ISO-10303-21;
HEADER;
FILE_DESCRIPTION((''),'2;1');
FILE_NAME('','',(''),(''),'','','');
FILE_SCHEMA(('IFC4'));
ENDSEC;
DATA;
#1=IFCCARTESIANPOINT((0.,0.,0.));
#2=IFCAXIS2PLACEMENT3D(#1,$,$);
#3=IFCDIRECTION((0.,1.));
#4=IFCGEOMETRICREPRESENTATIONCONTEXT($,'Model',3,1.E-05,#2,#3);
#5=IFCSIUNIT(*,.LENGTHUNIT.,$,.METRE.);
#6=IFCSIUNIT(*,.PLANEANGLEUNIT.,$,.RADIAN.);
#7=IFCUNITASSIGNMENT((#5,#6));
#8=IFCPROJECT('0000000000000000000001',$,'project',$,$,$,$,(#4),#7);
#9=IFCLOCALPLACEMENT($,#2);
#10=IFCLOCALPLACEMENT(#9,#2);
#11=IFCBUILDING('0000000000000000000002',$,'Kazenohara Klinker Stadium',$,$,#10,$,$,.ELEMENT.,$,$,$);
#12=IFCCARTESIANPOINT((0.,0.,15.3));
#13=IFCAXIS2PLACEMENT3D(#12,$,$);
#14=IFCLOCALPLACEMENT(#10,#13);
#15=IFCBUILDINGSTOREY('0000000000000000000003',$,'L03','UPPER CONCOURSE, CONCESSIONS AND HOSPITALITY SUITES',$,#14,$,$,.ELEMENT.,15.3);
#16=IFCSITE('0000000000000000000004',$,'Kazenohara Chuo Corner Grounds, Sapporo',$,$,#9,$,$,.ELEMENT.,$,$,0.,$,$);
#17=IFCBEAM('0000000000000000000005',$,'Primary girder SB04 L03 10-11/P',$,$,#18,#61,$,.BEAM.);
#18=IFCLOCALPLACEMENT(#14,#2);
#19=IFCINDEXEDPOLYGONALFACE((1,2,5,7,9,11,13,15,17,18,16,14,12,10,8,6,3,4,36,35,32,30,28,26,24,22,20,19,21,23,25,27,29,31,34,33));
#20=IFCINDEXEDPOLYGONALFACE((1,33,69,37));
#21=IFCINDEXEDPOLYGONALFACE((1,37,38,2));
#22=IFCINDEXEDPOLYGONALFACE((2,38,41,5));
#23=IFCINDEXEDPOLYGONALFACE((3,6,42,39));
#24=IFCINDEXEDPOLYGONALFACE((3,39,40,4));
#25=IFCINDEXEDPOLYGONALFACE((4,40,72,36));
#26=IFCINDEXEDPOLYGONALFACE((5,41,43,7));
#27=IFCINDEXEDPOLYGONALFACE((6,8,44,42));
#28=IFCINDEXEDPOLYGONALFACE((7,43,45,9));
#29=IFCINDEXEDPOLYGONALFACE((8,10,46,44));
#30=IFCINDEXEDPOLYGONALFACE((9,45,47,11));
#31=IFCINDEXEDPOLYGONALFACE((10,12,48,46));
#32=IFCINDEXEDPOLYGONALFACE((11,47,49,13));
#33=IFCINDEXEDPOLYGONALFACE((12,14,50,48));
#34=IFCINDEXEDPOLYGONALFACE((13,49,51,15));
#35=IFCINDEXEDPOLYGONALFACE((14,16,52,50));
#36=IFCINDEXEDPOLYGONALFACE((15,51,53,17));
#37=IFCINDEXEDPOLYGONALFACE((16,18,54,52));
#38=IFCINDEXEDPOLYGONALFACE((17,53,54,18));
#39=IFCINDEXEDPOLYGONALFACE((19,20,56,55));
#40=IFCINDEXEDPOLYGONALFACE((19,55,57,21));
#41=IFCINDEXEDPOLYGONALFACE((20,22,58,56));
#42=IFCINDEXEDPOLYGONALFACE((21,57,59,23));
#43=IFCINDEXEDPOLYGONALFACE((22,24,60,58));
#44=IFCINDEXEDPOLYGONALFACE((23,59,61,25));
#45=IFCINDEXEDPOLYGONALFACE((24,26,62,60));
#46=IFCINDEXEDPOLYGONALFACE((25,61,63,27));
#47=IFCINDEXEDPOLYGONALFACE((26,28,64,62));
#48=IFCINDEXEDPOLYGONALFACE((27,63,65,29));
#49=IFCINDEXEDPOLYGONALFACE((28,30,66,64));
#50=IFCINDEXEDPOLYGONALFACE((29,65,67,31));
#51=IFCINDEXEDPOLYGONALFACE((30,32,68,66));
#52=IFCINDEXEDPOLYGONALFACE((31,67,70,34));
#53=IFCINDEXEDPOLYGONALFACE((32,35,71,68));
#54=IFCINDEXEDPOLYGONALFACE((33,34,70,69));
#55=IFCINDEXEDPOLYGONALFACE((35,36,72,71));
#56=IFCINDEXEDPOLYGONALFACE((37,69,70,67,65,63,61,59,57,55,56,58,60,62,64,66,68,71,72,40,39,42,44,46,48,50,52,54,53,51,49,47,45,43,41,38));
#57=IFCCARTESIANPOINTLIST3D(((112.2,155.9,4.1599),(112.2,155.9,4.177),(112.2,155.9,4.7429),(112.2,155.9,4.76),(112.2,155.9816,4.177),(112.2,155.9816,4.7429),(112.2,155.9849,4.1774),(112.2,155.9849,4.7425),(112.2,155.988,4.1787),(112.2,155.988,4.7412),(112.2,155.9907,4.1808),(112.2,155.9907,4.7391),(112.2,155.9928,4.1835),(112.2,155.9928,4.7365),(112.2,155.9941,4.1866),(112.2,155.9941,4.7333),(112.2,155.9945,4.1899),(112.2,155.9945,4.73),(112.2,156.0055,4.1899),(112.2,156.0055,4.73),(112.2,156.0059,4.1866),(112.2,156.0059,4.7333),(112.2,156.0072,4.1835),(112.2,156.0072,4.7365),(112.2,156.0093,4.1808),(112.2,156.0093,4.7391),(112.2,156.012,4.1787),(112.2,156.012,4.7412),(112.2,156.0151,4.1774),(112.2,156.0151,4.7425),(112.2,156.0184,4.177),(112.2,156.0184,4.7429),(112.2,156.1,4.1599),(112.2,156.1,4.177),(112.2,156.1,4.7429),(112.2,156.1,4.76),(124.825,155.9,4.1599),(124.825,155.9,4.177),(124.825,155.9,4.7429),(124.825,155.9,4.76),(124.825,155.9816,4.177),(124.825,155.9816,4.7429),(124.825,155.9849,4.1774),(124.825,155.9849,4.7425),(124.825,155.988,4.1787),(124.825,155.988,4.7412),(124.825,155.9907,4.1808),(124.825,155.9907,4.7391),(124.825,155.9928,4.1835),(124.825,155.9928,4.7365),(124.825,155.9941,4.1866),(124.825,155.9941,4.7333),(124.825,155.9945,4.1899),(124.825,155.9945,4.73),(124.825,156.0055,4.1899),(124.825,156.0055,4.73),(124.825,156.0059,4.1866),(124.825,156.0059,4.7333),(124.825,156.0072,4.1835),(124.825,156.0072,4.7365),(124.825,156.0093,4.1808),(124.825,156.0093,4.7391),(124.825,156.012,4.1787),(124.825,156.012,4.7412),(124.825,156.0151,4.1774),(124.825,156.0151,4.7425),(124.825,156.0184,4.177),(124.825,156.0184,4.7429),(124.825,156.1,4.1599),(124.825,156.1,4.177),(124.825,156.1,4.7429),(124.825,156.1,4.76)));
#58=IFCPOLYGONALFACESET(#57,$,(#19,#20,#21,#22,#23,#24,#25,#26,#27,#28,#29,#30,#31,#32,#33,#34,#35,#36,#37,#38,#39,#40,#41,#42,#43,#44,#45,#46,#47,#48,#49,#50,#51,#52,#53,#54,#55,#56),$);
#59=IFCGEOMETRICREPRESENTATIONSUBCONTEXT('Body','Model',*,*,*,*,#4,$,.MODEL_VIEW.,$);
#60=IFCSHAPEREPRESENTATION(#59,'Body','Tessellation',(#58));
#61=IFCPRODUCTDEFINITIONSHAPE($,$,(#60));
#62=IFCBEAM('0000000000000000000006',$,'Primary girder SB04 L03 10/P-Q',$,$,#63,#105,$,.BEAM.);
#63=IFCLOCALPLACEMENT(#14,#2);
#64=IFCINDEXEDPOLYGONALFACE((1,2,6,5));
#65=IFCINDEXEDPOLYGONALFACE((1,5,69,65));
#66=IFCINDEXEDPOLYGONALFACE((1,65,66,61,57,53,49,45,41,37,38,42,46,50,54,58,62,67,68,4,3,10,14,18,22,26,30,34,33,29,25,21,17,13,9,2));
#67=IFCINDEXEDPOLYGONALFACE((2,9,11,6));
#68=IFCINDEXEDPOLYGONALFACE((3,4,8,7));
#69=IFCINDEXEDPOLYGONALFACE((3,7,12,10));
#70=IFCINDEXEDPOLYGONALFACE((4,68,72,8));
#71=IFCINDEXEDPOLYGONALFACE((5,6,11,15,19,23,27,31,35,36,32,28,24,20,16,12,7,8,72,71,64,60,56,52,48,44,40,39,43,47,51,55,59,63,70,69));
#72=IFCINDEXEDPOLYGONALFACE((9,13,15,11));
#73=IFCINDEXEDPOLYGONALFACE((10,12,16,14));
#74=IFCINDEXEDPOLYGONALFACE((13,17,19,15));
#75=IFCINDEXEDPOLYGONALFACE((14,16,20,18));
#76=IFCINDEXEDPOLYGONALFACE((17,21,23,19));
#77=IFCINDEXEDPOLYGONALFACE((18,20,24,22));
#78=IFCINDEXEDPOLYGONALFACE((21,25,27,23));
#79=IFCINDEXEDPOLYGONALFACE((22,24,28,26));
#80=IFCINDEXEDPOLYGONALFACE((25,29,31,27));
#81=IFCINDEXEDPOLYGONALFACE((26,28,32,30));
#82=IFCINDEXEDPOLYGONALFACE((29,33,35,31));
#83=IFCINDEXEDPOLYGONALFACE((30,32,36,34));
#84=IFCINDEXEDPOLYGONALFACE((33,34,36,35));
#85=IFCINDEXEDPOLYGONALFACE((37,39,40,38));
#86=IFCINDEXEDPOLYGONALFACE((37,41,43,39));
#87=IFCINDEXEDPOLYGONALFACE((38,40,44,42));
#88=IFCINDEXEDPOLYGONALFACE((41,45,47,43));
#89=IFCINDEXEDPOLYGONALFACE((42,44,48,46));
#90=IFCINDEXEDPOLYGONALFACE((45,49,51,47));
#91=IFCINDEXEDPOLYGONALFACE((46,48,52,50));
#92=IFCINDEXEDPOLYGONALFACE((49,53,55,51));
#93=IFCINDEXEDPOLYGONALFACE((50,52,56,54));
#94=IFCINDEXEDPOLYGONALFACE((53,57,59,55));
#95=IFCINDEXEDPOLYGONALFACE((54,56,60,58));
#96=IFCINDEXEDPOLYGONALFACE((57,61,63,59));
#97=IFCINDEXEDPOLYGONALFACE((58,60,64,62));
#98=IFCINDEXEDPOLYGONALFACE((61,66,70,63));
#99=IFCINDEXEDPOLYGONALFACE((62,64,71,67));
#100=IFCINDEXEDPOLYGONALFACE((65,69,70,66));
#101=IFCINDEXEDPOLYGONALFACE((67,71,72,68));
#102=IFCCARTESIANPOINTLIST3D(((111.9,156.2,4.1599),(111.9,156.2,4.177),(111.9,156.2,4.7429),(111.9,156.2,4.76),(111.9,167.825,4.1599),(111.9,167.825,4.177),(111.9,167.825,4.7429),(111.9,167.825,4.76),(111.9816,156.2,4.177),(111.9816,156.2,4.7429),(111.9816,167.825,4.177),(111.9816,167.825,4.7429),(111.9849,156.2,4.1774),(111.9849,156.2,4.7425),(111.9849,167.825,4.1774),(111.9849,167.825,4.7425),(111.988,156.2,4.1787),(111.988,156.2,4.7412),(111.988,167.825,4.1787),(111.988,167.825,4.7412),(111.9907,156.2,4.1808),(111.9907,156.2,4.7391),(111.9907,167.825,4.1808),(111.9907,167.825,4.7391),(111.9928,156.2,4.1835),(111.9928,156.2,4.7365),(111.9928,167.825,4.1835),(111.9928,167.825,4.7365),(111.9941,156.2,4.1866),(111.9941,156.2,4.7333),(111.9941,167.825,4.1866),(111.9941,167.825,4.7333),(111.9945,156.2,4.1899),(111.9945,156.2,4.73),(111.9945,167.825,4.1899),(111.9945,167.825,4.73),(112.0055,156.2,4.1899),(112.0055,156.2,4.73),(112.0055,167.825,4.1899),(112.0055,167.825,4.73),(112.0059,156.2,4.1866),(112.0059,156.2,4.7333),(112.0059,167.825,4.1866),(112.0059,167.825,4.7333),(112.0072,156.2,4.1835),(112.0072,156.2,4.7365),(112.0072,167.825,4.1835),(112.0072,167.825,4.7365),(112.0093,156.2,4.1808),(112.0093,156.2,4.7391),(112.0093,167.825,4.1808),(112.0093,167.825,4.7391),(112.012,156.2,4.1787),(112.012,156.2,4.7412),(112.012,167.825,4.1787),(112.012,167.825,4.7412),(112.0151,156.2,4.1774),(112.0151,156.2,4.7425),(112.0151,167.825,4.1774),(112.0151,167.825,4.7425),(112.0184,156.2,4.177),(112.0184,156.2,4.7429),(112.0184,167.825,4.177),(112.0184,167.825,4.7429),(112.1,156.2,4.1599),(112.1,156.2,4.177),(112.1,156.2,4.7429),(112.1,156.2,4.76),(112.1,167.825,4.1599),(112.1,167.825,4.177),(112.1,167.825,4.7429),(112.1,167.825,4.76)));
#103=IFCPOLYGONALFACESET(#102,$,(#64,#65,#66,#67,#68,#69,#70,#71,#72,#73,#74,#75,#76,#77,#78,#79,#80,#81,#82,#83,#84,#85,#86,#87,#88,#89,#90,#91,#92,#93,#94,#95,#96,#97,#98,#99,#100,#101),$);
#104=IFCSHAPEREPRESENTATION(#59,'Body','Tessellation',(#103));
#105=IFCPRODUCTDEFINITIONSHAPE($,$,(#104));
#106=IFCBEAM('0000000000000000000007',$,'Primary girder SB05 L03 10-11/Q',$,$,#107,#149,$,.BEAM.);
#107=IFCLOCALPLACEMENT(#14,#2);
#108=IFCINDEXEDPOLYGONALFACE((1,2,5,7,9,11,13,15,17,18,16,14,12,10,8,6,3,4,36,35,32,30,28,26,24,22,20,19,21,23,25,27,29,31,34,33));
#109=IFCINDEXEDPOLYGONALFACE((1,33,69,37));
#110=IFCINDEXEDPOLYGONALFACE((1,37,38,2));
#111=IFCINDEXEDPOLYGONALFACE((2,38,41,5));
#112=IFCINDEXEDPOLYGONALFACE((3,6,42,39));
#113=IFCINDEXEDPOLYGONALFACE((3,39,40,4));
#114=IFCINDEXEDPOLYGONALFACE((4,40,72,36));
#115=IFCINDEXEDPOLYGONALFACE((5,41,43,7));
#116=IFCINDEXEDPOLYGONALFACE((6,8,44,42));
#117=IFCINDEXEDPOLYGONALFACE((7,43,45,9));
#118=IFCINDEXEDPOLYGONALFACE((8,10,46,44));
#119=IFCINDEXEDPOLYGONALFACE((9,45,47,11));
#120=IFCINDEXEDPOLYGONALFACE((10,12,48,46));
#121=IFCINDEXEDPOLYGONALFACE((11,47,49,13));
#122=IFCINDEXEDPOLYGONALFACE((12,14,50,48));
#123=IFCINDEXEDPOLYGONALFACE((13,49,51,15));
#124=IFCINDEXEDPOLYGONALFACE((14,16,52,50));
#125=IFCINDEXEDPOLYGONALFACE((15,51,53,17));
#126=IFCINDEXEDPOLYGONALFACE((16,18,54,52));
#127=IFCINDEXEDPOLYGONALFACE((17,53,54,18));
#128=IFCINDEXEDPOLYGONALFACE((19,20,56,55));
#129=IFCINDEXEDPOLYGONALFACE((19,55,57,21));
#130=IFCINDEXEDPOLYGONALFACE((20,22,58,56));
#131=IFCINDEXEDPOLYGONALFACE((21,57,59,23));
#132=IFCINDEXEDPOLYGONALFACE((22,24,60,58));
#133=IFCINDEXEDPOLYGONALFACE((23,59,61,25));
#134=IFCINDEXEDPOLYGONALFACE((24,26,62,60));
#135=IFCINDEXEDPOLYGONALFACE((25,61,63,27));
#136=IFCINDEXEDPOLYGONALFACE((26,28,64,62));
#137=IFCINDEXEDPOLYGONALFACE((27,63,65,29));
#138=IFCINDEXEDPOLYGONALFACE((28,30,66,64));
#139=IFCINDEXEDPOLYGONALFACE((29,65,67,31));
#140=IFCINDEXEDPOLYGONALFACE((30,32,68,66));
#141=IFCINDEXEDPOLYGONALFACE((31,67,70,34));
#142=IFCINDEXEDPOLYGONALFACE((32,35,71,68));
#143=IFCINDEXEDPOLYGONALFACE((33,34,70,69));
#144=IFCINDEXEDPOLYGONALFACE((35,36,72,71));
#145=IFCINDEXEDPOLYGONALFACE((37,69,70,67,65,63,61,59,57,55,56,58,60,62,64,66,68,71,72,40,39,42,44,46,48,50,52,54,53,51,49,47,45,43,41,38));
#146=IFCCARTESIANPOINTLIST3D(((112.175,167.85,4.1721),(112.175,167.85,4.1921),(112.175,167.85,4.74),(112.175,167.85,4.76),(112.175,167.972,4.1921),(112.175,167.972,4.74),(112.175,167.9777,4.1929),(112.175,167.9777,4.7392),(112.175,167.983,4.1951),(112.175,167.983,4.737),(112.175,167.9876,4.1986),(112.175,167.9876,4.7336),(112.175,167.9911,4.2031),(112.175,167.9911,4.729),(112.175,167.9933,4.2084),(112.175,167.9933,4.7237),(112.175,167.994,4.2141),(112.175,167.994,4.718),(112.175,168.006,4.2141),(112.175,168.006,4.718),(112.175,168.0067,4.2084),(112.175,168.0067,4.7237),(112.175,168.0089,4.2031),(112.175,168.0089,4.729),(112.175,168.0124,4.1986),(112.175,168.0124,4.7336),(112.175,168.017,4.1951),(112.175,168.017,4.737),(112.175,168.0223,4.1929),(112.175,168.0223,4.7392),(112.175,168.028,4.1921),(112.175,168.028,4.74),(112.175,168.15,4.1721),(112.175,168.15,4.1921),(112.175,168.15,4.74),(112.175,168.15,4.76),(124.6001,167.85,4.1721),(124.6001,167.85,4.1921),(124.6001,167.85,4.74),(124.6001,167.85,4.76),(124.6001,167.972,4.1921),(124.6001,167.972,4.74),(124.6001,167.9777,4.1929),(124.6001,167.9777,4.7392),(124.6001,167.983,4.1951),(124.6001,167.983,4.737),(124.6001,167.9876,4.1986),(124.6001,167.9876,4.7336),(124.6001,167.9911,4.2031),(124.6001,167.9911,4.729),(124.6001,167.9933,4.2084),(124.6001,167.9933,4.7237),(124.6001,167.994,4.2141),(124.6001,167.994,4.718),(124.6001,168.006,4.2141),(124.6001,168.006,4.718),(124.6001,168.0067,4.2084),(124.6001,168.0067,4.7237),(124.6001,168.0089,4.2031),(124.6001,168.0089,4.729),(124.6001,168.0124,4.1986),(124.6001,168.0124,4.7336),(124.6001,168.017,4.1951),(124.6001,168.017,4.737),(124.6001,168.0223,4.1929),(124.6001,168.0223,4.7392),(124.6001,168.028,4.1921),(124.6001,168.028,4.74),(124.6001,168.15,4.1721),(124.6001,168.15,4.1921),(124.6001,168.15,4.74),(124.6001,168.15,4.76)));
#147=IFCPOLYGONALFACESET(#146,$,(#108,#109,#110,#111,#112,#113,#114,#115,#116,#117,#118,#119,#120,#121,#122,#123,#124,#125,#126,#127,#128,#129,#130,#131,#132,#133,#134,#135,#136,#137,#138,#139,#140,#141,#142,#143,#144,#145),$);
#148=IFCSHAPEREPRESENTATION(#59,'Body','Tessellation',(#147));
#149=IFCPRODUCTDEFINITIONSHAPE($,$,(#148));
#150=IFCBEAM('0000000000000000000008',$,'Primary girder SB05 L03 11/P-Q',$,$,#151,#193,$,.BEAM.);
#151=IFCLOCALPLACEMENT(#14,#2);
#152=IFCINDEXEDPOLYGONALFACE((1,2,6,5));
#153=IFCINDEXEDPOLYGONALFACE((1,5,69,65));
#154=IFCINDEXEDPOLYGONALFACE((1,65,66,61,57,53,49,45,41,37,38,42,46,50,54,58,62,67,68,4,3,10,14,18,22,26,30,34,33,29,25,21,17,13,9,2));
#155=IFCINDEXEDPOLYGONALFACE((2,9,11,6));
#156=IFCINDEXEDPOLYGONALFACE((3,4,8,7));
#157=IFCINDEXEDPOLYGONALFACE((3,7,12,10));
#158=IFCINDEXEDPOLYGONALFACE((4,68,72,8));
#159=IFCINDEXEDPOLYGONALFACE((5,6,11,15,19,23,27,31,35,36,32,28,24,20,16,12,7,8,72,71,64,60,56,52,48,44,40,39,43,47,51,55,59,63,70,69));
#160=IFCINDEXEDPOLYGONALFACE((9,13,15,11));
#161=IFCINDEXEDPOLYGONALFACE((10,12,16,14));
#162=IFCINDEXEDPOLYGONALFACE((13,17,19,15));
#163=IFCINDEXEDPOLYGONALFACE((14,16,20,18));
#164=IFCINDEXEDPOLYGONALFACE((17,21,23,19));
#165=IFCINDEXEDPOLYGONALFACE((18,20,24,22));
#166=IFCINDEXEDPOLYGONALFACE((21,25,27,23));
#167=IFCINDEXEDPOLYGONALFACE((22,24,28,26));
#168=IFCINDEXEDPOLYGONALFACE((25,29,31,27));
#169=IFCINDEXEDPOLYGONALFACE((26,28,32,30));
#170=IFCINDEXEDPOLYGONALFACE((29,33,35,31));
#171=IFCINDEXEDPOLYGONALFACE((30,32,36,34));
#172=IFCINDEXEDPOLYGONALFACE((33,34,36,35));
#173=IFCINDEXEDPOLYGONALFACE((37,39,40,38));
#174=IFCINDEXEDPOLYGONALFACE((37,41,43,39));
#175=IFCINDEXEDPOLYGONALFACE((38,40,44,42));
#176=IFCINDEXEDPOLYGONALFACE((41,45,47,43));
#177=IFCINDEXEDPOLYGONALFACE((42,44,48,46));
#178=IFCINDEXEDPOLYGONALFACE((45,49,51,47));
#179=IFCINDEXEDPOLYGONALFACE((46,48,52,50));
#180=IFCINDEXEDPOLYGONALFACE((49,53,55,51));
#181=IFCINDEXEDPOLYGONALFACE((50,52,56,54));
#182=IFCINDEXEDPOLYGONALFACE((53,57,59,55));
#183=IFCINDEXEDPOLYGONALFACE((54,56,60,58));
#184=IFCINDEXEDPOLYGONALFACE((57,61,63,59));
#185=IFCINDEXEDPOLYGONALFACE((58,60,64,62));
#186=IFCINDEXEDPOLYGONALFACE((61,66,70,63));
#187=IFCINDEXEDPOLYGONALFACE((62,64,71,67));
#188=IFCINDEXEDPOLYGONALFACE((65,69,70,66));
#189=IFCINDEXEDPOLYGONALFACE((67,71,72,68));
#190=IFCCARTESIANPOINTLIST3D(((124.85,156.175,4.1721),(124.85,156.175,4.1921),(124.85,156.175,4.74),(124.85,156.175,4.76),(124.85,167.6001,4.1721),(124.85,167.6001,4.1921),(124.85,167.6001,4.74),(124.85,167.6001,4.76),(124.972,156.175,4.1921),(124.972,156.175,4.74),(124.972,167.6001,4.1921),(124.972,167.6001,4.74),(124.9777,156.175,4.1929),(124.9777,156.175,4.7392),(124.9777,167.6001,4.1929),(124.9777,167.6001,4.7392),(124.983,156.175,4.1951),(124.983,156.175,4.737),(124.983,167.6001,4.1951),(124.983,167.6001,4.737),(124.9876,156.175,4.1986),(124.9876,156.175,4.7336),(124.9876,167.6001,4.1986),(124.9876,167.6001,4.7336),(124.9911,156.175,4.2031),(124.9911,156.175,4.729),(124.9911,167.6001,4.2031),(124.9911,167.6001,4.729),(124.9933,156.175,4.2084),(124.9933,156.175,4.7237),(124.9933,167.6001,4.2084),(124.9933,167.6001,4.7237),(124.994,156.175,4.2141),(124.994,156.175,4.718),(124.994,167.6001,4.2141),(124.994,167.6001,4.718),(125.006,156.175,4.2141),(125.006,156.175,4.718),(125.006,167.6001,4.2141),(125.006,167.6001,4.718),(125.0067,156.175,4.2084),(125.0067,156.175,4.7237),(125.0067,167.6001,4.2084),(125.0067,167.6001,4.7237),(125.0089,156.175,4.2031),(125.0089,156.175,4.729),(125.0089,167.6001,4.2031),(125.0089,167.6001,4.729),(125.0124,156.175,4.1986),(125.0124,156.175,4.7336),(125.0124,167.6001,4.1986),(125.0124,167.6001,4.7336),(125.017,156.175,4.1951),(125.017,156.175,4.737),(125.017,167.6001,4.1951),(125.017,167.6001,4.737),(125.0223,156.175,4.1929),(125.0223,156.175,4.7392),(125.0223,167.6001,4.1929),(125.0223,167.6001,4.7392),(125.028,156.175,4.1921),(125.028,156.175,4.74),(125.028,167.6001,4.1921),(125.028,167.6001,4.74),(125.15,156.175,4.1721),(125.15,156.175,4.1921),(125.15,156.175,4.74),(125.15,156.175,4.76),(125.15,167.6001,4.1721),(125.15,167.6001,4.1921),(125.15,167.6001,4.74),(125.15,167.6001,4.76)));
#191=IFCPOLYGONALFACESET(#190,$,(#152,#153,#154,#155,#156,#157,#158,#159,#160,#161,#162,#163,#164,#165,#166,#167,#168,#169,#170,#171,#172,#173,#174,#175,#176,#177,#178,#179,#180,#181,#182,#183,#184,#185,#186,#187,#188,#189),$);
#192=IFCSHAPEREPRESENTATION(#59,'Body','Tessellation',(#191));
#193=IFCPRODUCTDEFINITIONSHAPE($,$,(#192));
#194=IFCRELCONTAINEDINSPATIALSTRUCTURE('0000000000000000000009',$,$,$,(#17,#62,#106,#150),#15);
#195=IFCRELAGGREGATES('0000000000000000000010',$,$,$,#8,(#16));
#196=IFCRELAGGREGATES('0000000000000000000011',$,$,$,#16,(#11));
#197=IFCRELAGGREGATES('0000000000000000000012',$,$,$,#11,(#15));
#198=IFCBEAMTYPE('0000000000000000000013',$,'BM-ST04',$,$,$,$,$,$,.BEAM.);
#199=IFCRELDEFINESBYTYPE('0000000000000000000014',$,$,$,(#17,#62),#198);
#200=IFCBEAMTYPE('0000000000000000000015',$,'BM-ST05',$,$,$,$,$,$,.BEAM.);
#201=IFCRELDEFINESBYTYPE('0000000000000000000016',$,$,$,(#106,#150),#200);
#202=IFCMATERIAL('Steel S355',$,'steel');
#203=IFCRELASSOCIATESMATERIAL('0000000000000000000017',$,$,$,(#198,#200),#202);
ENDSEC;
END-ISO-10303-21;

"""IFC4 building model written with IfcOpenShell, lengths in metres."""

from ifc_helpers import new_model, si_unit, direction, frame, origin, origin_2d, place, context, subcontext, project, spatial, i_section, extrude, material, material_profile, profile_set, type_object, element, save


model = new_model("IFC4")

# Units and contexts
model_context = context("Model", 3, precision=1e-05, world=origin(), true_north=direction((0.0, 1.0)))
body_context = subcontext(model_context, "Body", "Model", "MODEL_VIEW")
ifc_project = project(units=[si_unit("LENGTHUNIT", "METRE"), si_unit("PLANEANGLEUNIT", "RADIAN")], contexts=[model_context])

# Site, building, storey
site_placement = place(None, origin())
site = spatial("IfcSite", under=ifc_project, at=site_placement, Name="Kazenohara Chuo Corner Grounds, Sapporo", CompositionType="ELEMENT", RefElevation=0.0)
building_placement = place(site_placement, origin())
building = spatial("IfcBuilding", under=site, at=building_placement, Name="Kazenohara Klinker Stadium", CompositionType="ELEMENT")
storey_placement = place(building_placement, frame((0.0, 0.0, 15.3)))
storey = spatial("IfcBuildingStorey", under=building, at=storey_placement, Name="L03", Description="UPPER CONCOURSE, CONCESSIONS AND HOSPITALITY SUITES", CompositionType="ELEMENT", Elevation=15.3)

# Shared definitions
ifc_material_1 = material(Name="Steel S355", Category="steel")

# Beams
ifc_material_profile_1 = material_profile(ifc_material_1, i_section(OverallWidth=0.2, OverallDepth=0.6001, WebThickness=0.011, FlangeThickness=0.0171, FilletRadius=0.0129, at=origin_2d()), Name="H-600x200x11x17")
ifc_profile_set_1 = profile_set([ifc_material_profile_1], Name="Steel S355")
beam_type_1 = type_object("IfcBeamType", Name="BM-ST04", PredefinedType="BEAM", material=ifc_profile_set_1)
beam_1_placement = place(storey_placement, frame((112.2, 156.0, 4.46), z_axis=(1.0, 0.0, 0.0), x_axis=(0.0, 1.0, 0.0)))
element("IfcBeam", 1, at=beam_1_placement, inside=storey, type_object=beam_type_1, Name="Primary girder SB04 L03 10-11/P", PredefinedType="BEAM", context=body_context, shape_type="SweptSolid", body=[
    extrude(i_section(OverallWidth=0.2, OverallDepth=0.6001, WebThickness=0.011, FlangeThickness=0.0171, FilletRadius=0.0129, at=origin_2d()), origin(), (0.0, 0.0, 1.0), 12.625),
])
beam_2_placement = place(storey_placement, frame((112.0, 156.2, 4.46), z_axis=(0.0, 1.0, 0.0), x_axis=(-1.0, 0.0, 0.0)))
element("IfcBeam", 2, at=beam_2_placement, inside=storey, type_object=beam_type_1, Name="Primary girder SB04 L03 10/P-Q", PredefinedType="BEAM", context=body_context, shape_type="SweptSolid", body=[
    extrude(i_section(OverallWidth=0.2, OverallDepth=0.6001, WebThickness=0.011, FlangeThickness=0.0171, FilletRadius=0.0129, at=origin_2d()), origin(), (0.0, 0.0, 1.0), 11.625),
])
ifc_material_profile_2 = material_profile(ifc_material_1, i_section(OverallWidth=0.3, OverallDepth=0.5879, WebThickness=0.012, FlangeThickness=0.02, FilletRadius=0.022, at=origin_2d()), Name="H-588x300x12x20")
ifc_profile_set_2 = profile_set([ifc_material_profile_2], Name="Steel S355")
beam_type_2 = type_object("IfcBeamType", Name="BM-ST05", PredefinedType="BEAM", material=ifc_profile_set_2)
beam_3_placement = place(storey_placement, frame((112.175, 168.0, 4.4661), z_axis=(1.0, 0.0, 0.0), x_axis=(0.0, 1.0, 0.0)))
element("IfcBeam", 3, at=beam_3_placement, inside=storey, type_object=beam_type_2, Name="Primary girder SB05 L03 10-11/Q", PredefinedType="BEAM", context=body_context, shape_type="SweptSolid", body=[
    extrude(i_section(OverallWidth=0.3, OverallDepth=0.5879, WebThickness=0.012, FlangeThickness=0.02, FilletRadius=0.022, at=origin_2d()), origin(), (0.0, 0.0, 1.0), 12.425),
])
beam_4_placement = place(storey_placement, frame((125.0, 156.175, 4.4661), z_axis=(0.0, 1.0, 0.0), x_axis=(-1.0, 0.0, 0.0)))
element("IfcBeam", 4, at=beam_4_placement, inside=storey, type_object=beam_type_2, Name="Primary girder SB05 L03 11/P-Q", PredefinedType="BEAM", context=body_context, shape_type="SweptSolid", body=[
    extrude(i_section(OverallWidth=0.3, OverallDepth=0.5879, WebThickness=0.012, FlangeThickness=0.02, FilletRadius=0.022, at=origin_2d()), origin(), (0.0, 0.0, 1.0), 11.425),
])

save(model, "model.ifc")
